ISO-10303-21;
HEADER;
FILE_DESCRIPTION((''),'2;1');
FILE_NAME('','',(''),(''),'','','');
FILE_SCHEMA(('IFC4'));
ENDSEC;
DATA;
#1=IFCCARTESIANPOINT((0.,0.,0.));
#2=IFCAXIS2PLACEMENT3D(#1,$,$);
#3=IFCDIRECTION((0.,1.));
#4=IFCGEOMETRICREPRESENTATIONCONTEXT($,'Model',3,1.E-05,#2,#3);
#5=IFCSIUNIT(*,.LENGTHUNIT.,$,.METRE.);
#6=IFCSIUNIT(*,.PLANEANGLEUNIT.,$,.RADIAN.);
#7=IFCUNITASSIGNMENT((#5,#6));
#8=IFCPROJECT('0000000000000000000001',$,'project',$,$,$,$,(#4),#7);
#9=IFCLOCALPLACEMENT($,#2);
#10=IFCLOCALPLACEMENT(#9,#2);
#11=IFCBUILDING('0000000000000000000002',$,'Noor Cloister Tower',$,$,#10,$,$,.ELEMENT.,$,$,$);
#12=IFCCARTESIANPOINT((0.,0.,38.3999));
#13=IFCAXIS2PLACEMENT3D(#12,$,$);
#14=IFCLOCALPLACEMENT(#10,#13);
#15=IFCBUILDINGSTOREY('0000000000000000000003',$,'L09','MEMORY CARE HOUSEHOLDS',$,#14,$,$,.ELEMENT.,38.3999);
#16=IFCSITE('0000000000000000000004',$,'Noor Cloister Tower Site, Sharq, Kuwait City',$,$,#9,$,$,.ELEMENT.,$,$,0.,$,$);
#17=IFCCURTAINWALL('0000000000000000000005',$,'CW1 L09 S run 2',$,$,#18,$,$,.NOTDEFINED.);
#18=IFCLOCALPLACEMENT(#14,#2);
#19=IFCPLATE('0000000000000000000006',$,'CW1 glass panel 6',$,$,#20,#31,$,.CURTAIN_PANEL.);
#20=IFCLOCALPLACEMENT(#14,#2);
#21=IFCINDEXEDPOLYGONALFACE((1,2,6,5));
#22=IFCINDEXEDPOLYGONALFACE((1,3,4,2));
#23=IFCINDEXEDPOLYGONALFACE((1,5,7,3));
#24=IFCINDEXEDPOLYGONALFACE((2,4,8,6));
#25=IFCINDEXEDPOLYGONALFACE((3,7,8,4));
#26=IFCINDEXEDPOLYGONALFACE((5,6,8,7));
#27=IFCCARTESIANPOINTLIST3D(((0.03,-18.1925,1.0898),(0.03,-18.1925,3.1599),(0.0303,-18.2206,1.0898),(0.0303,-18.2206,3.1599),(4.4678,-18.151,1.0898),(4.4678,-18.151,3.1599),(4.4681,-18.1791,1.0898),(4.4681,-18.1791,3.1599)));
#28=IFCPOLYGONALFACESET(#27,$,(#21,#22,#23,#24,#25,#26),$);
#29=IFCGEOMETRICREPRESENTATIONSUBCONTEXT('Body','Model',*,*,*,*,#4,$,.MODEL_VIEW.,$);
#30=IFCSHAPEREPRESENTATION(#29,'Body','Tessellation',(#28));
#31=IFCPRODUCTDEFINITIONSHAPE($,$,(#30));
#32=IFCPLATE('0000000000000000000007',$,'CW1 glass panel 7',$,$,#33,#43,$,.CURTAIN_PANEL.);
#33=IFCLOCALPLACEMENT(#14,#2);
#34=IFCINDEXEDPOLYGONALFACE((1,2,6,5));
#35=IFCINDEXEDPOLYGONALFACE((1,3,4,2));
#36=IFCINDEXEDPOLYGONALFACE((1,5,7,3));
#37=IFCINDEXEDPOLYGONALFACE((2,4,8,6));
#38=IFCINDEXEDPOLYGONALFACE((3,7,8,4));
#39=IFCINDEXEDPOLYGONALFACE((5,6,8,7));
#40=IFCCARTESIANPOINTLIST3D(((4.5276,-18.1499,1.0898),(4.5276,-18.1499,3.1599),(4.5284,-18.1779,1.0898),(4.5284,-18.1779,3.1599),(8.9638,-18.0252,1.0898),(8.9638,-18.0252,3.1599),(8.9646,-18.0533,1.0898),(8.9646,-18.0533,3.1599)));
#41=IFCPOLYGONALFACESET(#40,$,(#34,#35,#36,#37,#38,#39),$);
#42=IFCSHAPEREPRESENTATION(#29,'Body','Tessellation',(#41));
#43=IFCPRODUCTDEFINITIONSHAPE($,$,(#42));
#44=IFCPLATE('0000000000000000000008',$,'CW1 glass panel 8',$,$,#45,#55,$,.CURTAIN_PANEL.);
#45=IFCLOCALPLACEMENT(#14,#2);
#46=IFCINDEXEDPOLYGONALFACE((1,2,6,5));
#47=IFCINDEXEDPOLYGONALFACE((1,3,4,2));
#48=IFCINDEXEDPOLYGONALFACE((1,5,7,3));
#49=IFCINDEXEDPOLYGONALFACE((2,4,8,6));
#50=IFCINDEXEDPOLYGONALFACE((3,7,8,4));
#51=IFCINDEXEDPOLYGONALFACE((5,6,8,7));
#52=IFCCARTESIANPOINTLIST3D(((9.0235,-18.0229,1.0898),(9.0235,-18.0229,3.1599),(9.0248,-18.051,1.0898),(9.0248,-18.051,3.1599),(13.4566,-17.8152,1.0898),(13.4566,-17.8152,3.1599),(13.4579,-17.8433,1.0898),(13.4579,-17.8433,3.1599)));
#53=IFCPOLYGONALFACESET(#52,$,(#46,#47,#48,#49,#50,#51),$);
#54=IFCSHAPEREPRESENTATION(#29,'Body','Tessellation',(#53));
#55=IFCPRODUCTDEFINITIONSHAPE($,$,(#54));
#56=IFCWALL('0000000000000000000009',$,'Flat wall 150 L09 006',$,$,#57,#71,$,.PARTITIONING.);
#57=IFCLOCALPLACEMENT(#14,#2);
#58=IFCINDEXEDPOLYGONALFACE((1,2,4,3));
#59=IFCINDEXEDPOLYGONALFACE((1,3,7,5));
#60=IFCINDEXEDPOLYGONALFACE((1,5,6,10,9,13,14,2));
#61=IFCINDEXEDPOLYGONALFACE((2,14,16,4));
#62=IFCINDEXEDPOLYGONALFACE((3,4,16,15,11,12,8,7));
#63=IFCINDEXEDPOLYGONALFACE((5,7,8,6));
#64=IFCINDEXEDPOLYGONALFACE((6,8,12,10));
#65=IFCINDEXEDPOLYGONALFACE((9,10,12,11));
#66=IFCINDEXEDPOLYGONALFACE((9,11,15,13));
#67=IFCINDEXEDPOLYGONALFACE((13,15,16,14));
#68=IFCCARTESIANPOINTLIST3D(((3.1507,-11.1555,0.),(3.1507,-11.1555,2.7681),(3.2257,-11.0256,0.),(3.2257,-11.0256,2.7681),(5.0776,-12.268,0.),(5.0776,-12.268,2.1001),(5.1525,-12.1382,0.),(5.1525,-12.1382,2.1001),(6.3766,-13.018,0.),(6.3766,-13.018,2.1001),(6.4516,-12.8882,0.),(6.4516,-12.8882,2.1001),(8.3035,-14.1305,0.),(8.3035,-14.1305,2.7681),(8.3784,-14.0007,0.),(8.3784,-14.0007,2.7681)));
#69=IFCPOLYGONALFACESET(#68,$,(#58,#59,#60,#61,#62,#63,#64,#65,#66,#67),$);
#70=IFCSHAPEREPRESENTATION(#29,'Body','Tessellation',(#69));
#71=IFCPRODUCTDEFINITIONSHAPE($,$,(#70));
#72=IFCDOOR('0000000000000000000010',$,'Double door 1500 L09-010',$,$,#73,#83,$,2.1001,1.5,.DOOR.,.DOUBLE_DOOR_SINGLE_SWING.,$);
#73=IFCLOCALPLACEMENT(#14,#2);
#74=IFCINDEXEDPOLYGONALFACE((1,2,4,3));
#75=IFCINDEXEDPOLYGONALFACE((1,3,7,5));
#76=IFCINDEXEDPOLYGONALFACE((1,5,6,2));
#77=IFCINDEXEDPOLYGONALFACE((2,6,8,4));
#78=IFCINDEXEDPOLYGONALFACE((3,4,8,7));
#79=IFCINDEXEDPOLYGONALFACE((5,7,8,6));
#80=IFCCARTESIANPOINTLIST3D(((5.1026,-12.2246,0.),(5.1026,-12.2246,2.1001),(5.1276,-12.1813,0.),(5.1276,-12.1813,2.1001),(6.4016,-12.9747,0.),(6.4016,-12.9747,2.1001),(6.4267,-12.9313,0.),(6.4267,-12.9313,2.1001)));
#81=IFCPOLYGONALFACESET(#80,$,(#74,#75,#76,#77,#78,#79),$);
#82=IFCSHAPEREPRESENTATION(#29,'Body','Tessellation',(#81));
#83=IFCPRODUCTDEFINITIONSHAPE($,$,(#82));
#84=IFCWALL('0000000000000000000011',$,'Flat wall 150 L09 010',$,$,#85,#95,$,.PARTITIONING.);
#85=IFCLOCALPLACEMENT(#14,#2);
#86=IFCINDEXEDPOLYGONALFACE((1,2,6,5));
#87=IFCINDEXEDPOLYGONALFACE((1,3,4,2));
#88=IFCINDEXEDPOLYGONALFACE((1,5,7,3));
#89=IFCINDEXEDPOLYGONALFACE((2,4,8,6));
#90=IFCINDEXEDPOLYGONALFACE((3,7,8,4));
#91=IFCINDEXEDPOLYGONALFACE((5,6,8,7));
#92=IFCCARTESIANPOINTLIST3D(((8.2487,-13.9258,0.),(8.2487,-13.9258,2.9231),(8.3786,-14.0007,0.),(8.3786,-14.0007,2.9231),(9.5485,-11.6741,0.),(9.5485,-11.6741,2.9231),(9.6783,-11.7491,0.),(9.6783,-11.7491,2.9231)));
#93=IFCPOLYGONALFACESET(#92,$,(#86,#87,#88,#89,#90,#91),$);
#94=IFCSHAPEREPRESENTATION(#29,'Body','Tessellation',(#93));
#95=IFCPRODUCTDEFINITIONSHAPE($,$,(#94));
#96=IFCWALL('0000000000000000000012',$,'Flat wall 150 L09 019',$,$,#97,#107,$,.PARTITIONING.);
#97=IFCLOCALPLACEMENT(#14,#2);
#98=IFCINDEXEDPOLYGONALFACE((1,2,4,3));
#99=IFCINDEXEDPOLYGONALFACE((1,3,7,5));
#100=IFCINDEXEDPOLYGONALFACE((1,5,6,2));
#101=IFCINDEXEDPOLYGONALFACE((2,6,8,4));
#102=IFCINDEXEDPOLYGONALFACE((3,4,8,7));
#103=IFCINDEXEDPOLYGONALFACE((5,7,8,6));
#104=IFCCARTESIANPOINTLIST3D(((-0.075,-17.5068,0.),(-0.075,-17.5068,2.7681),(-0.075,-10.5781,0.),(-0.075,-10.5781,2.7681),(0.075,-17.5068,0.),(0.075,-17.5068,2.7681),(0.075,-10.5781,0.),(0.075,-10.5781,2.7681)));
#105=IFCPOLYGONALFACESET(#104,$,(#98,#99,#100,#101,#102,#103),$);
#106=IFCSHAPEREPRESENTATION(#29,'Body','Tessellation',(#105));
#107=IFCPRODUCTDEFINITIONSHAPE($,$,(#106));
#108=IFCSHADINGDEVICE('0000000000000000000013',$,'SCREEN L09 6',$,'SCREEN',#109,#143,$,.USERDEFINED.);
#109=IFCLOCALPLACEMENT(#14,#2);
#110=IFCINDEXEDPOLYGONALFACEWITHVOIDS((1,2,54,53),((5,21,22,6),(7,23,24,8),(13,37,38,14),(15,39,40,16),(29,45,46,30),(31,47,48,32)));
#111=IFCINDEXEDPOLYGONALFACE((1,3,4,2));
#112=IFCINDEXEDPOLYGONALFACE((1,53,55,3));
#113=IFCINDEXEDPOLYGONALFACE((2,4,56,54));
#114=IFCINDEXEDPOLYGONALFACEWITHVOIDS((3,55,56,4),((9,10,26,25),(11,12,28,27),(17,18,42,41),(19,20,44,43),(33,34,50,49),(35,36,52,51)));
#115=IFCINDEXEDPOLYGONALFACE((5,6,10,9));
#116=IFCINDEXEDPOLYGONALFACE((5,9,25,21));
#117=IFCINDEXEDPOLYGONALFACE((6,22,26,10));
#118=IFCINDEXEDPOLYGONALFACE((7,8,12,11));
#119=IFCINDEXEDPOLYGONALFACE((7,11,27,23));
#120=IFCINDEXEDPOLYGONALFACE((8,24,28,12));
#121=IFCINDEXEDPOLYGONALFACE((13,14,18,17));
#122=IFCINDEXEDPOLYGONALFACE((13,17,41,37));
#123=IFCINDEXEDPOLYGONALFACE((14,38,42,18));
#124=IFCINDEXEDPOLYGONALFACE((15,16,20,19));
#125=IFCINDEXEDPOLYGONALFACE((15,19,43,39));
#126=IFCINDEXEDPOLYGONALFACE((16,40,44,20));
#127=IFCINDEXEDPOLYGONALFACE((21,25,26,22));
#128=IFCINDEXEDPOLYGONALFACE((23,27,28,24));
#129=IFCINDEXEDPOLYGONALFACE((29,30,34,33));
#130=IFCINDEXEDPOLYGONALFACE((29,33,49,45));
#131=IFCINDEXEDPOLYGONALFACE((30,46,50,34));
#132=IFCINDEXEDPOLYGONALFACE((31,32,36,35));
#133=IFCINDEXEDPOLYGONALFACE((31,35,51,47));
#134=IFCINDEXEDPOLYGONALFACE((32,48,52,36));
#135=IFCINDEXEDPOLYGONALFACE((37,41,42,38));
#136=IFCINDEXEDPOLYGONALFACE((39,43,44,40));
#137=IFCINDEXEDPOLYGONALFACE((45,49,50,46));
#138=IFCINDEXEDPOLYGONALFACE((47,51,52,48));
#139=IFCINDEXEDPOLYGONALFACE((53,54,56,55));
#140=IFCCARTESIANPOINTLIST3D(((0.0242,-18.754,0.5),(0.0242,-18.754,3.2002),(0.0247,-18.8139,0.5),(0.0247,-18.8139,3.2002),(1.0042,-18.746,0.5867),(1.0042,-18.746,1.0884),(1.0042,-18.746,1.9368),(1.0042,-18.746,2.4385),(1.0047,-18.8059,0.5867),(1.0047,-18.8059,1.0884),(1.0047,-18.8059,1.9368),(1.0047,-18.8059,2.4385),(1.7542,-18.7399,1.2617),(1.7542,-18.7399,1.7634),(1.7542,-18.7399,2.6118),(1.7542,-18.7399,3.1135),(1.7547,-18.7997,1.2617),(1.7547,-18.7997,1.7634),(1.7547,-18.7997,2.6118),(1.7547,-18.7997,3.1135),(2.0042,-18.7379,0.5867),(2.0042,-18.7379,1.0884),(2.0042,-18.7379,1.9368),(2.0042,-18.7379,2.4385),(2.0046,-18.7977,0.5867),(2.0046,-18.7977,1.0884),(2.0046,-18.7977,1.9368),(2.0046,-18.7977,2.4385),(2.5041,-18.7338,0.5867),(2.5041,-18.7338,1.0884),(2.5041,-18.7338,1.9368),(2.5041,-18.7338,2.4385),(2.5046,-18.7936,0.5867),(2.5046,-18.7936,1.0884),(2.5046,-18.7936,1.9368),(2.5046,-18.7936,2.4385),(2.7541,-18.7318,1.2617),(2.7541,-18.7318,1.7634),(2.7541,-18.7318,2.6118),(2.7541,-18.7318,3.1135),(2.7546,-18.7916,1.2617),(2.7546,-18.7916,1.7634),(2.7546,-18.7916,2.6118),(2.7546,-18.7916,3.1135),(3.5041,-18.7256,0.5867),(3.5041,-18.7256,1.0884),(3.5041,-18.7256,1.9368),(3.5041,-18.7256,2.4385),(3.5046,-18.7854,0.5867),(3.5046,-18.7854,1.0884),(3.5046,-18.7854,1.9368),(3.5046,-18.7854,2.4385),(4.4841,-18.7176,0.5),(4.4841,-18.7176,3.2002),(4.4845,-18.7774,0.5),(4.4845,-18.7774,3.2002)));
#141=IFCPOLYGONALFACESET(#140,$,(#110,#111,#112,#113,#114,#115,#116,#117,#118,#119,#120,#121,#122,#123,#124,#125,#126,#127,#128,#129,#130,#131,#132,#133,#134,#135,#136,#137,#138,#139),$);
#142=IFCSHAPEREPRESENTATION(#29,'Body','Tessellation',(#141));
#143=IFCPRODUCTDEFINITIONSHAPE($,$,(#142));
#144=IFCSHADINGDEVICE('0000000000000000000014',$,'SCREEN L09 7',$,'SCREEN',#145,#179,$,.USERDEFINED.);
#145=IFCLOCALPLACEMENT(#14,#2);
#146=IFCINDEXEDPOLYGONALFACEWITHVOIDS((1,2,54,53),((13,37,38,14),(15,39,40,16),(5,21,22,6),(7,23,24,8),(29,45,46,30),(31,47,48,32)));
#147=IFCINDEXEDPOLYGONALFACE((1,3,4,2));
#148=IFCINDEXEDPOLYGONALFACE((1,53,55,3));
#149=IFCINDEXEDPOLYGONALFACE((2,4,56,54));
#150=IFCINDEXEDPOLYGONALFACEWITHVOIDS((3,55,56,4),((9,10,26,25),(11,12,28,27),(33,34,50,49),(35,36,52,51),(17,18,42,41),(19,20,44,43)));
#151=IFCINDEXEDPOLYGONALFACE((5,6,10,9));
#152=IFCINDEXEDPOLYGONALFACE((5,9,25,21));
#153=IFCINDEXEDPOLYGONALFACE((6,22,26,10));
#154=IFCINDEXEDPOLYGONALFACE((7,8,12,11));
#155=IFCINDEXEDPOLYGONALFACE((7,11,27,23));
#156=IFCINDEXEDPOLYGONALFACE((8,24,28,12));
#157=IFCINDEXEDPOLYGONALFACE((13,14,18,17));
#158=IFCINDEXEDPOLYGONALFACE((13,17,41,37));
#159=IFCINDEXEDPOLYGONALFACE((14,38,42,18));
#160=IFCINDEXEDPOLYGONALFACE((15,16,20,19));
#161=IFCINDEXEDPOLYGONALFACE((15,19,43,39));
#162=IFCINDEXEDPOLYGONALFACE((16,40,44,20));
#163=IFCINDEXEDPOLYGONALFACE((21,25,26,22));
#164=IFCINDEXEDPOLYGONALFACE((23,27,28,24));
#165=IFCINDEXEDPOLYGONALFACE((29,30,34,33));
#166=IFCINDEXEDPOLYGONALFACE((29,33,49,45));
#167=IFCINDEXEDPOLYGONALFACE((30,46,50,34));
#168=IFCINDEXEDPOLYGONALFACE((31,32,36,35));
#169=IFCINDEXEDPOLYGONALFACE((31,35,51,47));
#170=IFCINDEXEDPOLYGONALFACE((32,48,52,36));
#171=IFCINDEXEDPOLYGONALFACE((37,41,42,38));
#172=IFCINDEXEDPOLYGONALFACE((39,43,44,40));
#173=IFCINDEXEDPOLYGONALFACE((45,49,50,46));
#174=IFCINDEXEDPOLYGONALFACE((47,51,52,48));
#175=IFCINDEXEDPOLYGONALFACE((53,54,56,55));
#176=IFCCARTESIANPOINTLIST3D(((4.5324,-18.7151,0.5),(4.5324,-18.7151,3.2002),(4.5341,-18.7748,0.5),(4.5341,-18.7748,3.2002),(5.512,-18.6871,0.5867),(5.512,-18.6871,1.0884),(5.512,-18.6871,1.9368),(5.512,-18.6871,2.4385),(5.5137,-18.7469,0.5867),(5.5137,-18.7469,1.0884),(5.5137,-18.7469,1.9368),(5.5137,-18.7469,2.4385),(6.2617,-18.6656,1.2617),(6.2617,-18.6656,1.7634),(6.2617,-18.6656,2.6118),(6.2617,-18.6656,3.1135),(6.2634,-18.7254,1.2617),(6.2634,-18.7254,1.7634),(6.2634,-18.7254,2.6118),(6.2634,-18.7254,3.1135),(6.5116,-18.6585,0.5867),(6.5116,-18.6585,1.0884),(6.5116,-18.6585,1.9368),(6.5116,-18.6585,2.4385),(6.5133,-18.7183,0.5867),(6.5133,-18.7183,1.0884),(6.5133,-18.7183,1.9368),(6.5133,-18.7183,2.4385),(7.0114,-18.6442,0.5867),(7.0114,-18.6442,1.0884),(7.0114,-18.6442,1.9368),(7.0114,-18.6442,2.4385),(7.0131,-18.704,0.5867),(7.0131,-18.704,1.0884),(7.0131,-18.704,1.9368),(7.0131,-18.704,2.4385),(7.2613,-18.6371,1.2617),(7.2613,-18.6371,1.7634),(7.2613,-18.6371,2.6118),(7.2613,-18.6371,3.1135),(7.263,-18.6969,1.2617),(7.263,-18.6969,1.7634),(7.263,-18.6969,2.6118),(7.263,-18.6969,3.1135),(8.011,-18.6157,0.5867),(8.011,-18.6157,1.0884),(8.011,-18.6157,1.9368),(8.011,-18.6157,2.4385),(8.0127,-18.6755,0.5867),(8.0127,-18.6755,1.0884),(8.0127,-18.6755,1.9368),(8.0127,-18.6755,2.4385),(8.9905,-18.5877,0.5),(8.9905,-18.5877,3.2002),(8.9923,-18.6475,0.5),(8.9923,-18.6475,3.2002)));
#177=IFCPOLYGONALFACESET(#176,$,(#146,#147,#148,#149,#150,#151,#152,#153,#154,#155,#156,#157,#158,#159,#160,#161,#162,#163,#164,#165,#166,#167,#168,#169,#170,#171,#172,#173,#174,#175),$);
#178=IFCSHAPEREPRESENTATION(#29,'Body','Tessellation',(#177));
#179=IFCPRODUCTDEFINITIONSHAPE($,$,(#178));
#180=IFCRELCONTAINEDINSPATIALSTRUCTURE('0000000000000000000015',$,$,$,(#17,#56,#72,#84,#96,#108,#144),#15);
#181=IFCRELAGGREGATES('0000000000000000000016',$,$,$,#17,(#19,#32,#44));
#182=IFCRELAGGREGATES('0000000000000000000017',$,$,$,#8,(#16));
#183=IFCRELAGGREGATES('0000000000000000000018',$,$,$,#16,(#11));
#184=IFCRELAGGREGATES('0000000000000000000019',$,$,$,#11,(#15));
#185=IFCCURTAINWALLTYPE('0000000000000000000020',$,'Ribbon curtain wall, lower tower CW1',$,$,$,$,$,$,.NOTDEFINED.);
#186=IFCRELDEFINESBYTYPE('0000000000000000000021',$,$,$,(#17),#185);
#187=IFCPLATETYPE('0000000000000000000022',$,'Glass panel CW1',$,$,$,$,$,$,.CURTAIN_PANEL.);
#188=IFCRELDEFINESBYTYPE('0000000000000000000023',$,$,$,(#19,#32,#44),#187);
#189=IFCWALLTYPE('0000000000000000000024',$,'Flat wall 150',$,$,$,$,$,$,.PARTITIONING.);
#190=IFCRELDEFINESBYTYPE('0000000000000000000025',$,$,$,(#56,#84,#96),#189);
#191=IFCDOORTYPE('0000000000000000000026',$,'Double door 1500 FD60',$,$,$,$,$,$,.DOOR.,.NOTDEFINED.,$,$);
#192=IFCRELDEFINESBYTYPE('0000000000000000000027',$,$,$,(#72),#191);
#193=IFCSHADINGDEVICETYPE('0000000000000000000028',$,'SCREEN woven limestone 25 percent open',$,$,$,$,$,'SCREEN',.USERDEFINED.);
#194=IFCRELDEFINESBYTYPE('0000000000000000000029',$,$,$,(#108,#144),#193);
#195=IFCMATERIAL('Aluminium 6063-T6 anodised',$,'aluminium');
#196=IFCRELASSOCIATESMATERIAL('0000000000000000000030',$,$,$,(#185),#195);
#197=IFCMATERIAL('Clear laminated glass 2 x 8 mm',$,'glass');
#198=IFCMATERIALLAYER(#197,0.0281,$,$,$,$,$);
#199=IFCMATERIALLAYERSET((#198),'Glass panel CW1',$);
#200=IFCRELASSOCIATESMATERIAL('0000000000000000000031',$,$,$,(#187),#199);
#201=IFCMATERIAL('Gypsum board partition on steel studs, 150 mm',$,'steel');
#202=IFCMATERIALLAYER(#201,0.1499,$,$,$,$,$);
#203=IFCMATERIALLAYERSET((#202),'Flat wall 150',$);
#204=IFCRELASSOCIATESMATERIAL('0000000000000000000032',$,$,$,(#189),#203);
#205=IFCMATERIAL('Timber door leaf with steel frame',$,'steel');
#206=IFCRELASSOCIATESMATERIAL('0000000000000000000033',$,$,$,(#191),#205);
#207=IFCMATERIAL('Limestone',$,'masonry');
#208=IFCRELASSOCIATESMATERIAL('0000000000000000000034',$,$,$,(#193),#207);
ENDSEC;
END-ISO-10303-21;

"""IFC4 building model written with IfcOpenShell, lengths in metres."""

from ifc_helpers import new_model, si_unit, direction, frame, frame_2d, origin, origin_2d, place, context, subcontext, project, spatial, polyline, rectangle, outline, extrude, material, layer, layer_set, material_profile, profile_set, type_object, element, fill, aggregate, save


model = new_model("IFC4")

# Units and contexts
model_context = context("Model", 3, precision=1e-05, world=origin(), true_north=direction((0.0, 1.0)))
body_context = subcontext(model_context, "Body", "Model", "MODEL_VIEW")
ifc_project = project(units=[si_unit("LENGTHUNIT", "METRE"), si_unit("PLANEANGLEUNIT", "RADIAN")], contexts=[model_context])

# Site, building, storey
site_placement = place(None, origin())
site = spatial("IfcSite", under=ifc_project, at=site_placement, Name="Noor Cloister Tower Site, Sharq, Kuwait City", CompositionType="ELEMENT", RefElevation=0.0)
building_placement = place(site_placement, origin())
building = spatial("IfcBuilding", under=site, at=building_placement, Name="Noor Cloister Tower", CompositionType="ELEMENT")
storey_placement = place(building_placement, frame((0.0, 0.0, 38.3999)))
storey = spatial("IfcBuildingStorey", under=building, at=storey_placement, Name="L09", Description="MEMORY CARE HOUSEHOLDS", CompositionType="ELEMENT", Elevation=38.3999)

# Curtain wall
ifc_material_1 = material(Name="Aluminium 6063-T6 anodised", Category="aluminium")
curtain_wall_type = type_object("IfcCurtainWallType", Name="Ribbon curtain wall, lower tower CW1", PredefinedType="NOTDEFINED", material=ifc_material_1)
curtain_wall_placement = place(storey_placement, origin())
curtain_wall = element("IfcCurtainWall", 1, at=curtain_wall_placement, inside=storey, type_object=curtain_wall_type, Name="CW1 L09 S run 2", PredefinedType="NOTDEFINED")

# Plates
ifc_material_2 = material(Name="Clear laminated glass 2 x 8 mm", Category="glass")
ifc_layer_1 = layer(ifc_material_2, 0.0281)
ifc_layer_set_1 = layer_set([ifc_layer_1], Name="Glass panel CW1")
plate_type = type_object("IfcPlateType", Name="Glass panel CW1", PredefinedType="CURTAIN_PANEL", material=ifc_layer_set_1)
plate_1_placement = place(storey_placement, frame((2.249, -18.1858, 1.0898), z_axis=(0.0, 0.0, 1.0), x_axis=(0.999956, 0.009364, 0.0)))
plate_1 = element("IfcPlate", 2, at=plate_1_placement, type_object=plate_type, Name="CW1 glass panel 6", PredefinedType="CURTAIN_PANEL", context=body_context, shape_type="SweptSolid", body=[
    extrude(rectangle(XDim=4.438, YDim=0.0281, at=origin_2d()), origin(), (0.0, 0.0, 1.0), 2.0701),
])
plate_2_placement = place(storey_placement, frame((6.7461, -18.1016, 1.0898), z_axis=(0.0, 0.0, 1.0), x_axis=(0.999605, 0.028087, 0.0)))
plate_2 = element("IfcPlate", 3, at=plate_2_placement, type_object=plate_type, Name="CW1 glass panel 7", PredefinedType="CURTAIN_PANEL", context=body_context, shape_type="SweptSolid", body=[
    extrude(rectangle(XDim=4.438, YDim=0.0281, at=origin_2d()), origin(), (0.0, 0.0, 1.0), 2.0701),
])
plate_3_placement = place(storey_placement, frame((11.2407, -17.9331, 1.0898), z_axis=(0.0, 0.0, 1.0), x_axis=(0.998904, 0.046801, 0.0)))
plate_3 = element("IfcPlate", 4, at=plate_3_placement, type_object=plate_type, Name="CW1 glass panel 8", PredefinedType="CURTAIN_PANEL", context=body_context, shape_type="SweptSolid", body=[
    extrude(rectangle(XDim=4.438, YDim=0.0281, at=origin_2d()), origin(), (0.0, 0.0, 1.0), 2.0701),
])
aggregate(curtain_wall, [plate_1, plate_2, plate_3])

# Wall, opening, door
ifc_material_3 = material(Name="Gypsum board partition on steel studs, 150 mm", Category="steel")
ifc_layer_2 = layer(ifc_material_3, 0.1499)
ifc_layer_set_2 = layer_set([ifc_layer_2], Name="Flat wall 150")
wall_type = type_object("IfcWallType", Name="Flat wall 150", PredefinedType="PARTITIONING", material=ifc_layer_set_2)
wall_1_placement = place(storey_placement, frame((8.3411, -14.0657, 0.0), z_axis=(0.0, 0.0, 1.0), x_axis=(-0.866017, 0.500014, 0.0)))
wall_1 = element("IfcWall", 5, at=wall_1_placement, inside=storey, type_object=wall_type, Name="Flat wall 150 L09 006", PredefinedType="PARTITIONING", context=body_context, shape_type="SweptSolid", body=[
    extrude(rectangle(XDim=5.95, YDim=0.1499, at=frame_2d((2.9751, 0.0))), origin(), (0.0, 0.0, 1.0), 2.7681),
])
opening_placement = place(wall_1_placement, frame((2.2251, 0.0, 0.0)))
opening = element("IfcOpeningElement", 6, at=opening_placement, cuts=wall_1, PredefinedType="OPENING", context=body_context, shape_type="SweptSolid", body=[
    extrude(rectangle(XDim=1.5, YDim=2.1001, at=frame_2d((0.75, 1.05))), frame((0.0, 0.085, 0.0), z_axis=(0.0, -1.0, 0.0), x_axis=(1.0, 0.0, 0.0)), (0.0, 0.0, 1.0), 0.1699),
])
ifc_material_4 = material(Name="Timber door leaf with steel frame", Category="steel")
door_type = type_object("IfcDoorType", Name="Double door 1500 FD60", OperationType="NOTDEFINED", PredefinedType="DOOR", material=ifc_material_4)
door_placement = place(opening_placement, origin())
door = element("IfcDoor", 7, at=door_placement, inside=storey, type_object=door_type, Name="Double door 1500 L09-010", OperationType="DOUBLE_DOOR_SINGLE_SWING", OverallHeight=2.1001, OverallWidth=1.5, PredefinedType="DOOR", context=body_context, shape_type="SweptSolid", body=[
    extrude(rectangle(XDim=1.5, YDim=2.1001, at=frame_2d((0.75, 1.05))), frame((0.0, 0.0249, 0.0), z_axis=(0.0, -1.0, 0.0), x_axis=(1.0, 0.0, 0.0)), (0.0, 0.0, 1.0), 0.05),
])
fill(opening, door)

# Walls
wall_2_placement = place(storey_placement, frame((8.3137, -13.9631, 0.0), z_axis=(0.0, 0.0, 1.0), x_axis=(0.499937, 0.866062, 0.0)))
element("IfcWall", 8, at=wall_2_placement, inside=storey, type_object=wall_type, Name="Flat wall 150 L09 010", PredefinedType="PARTITIONING", context=body_context, shape_type="SweptSolid", body=[
    extrude(rectangle(XDim=2.5999, YDim=0.1499, at=frame_2d((1.2998, 0.0))), origin(), (0.0, 0.0, 1.0), 2.9231),
])
wall_3_placement = place(storey_placement, frame((0.0, -17.5068, 0.0), z_axis=(0.0, 0.0, 1.0), x_axis=(0.0, 1.0, 0.0)))
element("IfcWall", 9, at=wall_3_placement, inside=storey, type_object=wall_type, Name="Flat wall 150 L09 019", PredefinedType="PARTITIONING", context=body_context, shape_type="SweptSolid", body=[
    extrude(rectangle(XDim=6.9287, YDim=0.1499, at=frame_2d((3.4644, 0.0))), origin(), (0.0, 0.0, 1.0), 2.7681),
])

# Shading devices
ifc_material_5 = material(Name="Limestone", Category="masonry")
ifc_material_profile_1 = material_profile(ifc_material_5, outline(polyline([(-2.23, -1.3501), (2.23, -1.3501), (2.23, 1.3501), (-2.23, 1.3501), (-2.23, -1.3501)]), holes=[polyline([(-1.25, -1.2634), (-0.25, -1.2634), (-0.25, -0.7617), (-1.25, -0.7617), (-1.25, -1.2634)]), polyline([(0.25, -1.2634), (1.25, -1.2634), (1.25, -0.7617), (0.25, -0.7617), (0.25, -1.2634)]), polyline([(-0.5, -0.5884), (0.5, -0.5884), (0.5, -0.0867), (-0.5, -0.0867), (-0.5, -0.5884)]), polyline([(-1.25, 0.0867), (-0.25, 0.0867), (-0.25, 0.5884), (-1.25, 0.5884), (-1.25, 0.0867)]), polyline([(0.25, 0.0867), (1.25, 0.0867), (1.25, 0.5884), (0.25, 0.5884), (0.25, 0.0867)]), polyline([(-0.5, 0.7617), (0.5, 0.7617), (0.5, 1.2634), (-0.5, 1.2634), (-0.5, 0.7617)])]), Name="Woven screen 25 percent open")
ifc_profile_set_1 = profile_set([ifc_material_profile_1], Name="Limestone")
shading_device_type = type_object("IfcShadingDeviceType", Name="SCREEN woven limestone 25 percent open", ElementType="SCREEN", PredefinedType="USERDEFINED", material=ifc_profile_set_1)
for number, where, z_axis, x_axis, name in (
    (10, (2.2542, -18.7358, 1.8501), (0.008163, -0.999967, 0.0), (0.999967, 0.008163, 0.0), "SCREEN L09 6"),
    (11, (6.7615, -18.6514, 1.8501), (0.02856, -0.999592, 0.0), (0.999592, 0.02856, 0.0), "SCREEN L09 7"),
):
    element("IfcShadingDevice", number, at=place(storey_placement, frame(where, z_axis=z_axis, x_axis=x_axis)), inside=storey, type_object=shading_device_type, Name=name, ObjectType="SCREEN", PredefinedType="USERDEFINED", context=body_context, shape_type="SweptSolid", body=[
        extrude(outline(polyline([(-2.23, -1.3501), (2.23, -1.3501), (2.23, 1.3501), (-2.23, 1.3501), (-2.23, -1.3501)]), holes=[polyline([(-1.25, -1.2634), (-0.25, -1.2634), (-0.25, -0.7617), (-1.25, -0.7617), (-1.25, -1.2634)]), polyline([(0.25, -1.2634), (1.25, -1.2634), (1.25, -0.7617), (0.25, -0.7617), (0.25, -1.2634)]), polyline([(-0.5, -0.5884), (0.5, -0.5884), (0.5, -0.0867), (-0.5, -0.0867), (-0.5, -0.5884)]), polyline([(-1.25, 0.0867), (-0.25, 0.0867), (-0.25, 0.5884), (-1.25, 0.5884), (-1.25, 0.0867)]), polyline([(0.25, 0.0867), (1.25, 0.0867), (1.25, 0.5884), (0.25, 0.5884), (0.25, 0.0867)]), polyline([(-0.5, 0.7617), (0.5, 0.7617), (0.5, 1.2634), (-0.5, 1.2634), (-0.5, 0.7617)])]), origin(), (0.0, 0.0, 1.0), 0.0598),
    ])

save(model, "model.ifc")
